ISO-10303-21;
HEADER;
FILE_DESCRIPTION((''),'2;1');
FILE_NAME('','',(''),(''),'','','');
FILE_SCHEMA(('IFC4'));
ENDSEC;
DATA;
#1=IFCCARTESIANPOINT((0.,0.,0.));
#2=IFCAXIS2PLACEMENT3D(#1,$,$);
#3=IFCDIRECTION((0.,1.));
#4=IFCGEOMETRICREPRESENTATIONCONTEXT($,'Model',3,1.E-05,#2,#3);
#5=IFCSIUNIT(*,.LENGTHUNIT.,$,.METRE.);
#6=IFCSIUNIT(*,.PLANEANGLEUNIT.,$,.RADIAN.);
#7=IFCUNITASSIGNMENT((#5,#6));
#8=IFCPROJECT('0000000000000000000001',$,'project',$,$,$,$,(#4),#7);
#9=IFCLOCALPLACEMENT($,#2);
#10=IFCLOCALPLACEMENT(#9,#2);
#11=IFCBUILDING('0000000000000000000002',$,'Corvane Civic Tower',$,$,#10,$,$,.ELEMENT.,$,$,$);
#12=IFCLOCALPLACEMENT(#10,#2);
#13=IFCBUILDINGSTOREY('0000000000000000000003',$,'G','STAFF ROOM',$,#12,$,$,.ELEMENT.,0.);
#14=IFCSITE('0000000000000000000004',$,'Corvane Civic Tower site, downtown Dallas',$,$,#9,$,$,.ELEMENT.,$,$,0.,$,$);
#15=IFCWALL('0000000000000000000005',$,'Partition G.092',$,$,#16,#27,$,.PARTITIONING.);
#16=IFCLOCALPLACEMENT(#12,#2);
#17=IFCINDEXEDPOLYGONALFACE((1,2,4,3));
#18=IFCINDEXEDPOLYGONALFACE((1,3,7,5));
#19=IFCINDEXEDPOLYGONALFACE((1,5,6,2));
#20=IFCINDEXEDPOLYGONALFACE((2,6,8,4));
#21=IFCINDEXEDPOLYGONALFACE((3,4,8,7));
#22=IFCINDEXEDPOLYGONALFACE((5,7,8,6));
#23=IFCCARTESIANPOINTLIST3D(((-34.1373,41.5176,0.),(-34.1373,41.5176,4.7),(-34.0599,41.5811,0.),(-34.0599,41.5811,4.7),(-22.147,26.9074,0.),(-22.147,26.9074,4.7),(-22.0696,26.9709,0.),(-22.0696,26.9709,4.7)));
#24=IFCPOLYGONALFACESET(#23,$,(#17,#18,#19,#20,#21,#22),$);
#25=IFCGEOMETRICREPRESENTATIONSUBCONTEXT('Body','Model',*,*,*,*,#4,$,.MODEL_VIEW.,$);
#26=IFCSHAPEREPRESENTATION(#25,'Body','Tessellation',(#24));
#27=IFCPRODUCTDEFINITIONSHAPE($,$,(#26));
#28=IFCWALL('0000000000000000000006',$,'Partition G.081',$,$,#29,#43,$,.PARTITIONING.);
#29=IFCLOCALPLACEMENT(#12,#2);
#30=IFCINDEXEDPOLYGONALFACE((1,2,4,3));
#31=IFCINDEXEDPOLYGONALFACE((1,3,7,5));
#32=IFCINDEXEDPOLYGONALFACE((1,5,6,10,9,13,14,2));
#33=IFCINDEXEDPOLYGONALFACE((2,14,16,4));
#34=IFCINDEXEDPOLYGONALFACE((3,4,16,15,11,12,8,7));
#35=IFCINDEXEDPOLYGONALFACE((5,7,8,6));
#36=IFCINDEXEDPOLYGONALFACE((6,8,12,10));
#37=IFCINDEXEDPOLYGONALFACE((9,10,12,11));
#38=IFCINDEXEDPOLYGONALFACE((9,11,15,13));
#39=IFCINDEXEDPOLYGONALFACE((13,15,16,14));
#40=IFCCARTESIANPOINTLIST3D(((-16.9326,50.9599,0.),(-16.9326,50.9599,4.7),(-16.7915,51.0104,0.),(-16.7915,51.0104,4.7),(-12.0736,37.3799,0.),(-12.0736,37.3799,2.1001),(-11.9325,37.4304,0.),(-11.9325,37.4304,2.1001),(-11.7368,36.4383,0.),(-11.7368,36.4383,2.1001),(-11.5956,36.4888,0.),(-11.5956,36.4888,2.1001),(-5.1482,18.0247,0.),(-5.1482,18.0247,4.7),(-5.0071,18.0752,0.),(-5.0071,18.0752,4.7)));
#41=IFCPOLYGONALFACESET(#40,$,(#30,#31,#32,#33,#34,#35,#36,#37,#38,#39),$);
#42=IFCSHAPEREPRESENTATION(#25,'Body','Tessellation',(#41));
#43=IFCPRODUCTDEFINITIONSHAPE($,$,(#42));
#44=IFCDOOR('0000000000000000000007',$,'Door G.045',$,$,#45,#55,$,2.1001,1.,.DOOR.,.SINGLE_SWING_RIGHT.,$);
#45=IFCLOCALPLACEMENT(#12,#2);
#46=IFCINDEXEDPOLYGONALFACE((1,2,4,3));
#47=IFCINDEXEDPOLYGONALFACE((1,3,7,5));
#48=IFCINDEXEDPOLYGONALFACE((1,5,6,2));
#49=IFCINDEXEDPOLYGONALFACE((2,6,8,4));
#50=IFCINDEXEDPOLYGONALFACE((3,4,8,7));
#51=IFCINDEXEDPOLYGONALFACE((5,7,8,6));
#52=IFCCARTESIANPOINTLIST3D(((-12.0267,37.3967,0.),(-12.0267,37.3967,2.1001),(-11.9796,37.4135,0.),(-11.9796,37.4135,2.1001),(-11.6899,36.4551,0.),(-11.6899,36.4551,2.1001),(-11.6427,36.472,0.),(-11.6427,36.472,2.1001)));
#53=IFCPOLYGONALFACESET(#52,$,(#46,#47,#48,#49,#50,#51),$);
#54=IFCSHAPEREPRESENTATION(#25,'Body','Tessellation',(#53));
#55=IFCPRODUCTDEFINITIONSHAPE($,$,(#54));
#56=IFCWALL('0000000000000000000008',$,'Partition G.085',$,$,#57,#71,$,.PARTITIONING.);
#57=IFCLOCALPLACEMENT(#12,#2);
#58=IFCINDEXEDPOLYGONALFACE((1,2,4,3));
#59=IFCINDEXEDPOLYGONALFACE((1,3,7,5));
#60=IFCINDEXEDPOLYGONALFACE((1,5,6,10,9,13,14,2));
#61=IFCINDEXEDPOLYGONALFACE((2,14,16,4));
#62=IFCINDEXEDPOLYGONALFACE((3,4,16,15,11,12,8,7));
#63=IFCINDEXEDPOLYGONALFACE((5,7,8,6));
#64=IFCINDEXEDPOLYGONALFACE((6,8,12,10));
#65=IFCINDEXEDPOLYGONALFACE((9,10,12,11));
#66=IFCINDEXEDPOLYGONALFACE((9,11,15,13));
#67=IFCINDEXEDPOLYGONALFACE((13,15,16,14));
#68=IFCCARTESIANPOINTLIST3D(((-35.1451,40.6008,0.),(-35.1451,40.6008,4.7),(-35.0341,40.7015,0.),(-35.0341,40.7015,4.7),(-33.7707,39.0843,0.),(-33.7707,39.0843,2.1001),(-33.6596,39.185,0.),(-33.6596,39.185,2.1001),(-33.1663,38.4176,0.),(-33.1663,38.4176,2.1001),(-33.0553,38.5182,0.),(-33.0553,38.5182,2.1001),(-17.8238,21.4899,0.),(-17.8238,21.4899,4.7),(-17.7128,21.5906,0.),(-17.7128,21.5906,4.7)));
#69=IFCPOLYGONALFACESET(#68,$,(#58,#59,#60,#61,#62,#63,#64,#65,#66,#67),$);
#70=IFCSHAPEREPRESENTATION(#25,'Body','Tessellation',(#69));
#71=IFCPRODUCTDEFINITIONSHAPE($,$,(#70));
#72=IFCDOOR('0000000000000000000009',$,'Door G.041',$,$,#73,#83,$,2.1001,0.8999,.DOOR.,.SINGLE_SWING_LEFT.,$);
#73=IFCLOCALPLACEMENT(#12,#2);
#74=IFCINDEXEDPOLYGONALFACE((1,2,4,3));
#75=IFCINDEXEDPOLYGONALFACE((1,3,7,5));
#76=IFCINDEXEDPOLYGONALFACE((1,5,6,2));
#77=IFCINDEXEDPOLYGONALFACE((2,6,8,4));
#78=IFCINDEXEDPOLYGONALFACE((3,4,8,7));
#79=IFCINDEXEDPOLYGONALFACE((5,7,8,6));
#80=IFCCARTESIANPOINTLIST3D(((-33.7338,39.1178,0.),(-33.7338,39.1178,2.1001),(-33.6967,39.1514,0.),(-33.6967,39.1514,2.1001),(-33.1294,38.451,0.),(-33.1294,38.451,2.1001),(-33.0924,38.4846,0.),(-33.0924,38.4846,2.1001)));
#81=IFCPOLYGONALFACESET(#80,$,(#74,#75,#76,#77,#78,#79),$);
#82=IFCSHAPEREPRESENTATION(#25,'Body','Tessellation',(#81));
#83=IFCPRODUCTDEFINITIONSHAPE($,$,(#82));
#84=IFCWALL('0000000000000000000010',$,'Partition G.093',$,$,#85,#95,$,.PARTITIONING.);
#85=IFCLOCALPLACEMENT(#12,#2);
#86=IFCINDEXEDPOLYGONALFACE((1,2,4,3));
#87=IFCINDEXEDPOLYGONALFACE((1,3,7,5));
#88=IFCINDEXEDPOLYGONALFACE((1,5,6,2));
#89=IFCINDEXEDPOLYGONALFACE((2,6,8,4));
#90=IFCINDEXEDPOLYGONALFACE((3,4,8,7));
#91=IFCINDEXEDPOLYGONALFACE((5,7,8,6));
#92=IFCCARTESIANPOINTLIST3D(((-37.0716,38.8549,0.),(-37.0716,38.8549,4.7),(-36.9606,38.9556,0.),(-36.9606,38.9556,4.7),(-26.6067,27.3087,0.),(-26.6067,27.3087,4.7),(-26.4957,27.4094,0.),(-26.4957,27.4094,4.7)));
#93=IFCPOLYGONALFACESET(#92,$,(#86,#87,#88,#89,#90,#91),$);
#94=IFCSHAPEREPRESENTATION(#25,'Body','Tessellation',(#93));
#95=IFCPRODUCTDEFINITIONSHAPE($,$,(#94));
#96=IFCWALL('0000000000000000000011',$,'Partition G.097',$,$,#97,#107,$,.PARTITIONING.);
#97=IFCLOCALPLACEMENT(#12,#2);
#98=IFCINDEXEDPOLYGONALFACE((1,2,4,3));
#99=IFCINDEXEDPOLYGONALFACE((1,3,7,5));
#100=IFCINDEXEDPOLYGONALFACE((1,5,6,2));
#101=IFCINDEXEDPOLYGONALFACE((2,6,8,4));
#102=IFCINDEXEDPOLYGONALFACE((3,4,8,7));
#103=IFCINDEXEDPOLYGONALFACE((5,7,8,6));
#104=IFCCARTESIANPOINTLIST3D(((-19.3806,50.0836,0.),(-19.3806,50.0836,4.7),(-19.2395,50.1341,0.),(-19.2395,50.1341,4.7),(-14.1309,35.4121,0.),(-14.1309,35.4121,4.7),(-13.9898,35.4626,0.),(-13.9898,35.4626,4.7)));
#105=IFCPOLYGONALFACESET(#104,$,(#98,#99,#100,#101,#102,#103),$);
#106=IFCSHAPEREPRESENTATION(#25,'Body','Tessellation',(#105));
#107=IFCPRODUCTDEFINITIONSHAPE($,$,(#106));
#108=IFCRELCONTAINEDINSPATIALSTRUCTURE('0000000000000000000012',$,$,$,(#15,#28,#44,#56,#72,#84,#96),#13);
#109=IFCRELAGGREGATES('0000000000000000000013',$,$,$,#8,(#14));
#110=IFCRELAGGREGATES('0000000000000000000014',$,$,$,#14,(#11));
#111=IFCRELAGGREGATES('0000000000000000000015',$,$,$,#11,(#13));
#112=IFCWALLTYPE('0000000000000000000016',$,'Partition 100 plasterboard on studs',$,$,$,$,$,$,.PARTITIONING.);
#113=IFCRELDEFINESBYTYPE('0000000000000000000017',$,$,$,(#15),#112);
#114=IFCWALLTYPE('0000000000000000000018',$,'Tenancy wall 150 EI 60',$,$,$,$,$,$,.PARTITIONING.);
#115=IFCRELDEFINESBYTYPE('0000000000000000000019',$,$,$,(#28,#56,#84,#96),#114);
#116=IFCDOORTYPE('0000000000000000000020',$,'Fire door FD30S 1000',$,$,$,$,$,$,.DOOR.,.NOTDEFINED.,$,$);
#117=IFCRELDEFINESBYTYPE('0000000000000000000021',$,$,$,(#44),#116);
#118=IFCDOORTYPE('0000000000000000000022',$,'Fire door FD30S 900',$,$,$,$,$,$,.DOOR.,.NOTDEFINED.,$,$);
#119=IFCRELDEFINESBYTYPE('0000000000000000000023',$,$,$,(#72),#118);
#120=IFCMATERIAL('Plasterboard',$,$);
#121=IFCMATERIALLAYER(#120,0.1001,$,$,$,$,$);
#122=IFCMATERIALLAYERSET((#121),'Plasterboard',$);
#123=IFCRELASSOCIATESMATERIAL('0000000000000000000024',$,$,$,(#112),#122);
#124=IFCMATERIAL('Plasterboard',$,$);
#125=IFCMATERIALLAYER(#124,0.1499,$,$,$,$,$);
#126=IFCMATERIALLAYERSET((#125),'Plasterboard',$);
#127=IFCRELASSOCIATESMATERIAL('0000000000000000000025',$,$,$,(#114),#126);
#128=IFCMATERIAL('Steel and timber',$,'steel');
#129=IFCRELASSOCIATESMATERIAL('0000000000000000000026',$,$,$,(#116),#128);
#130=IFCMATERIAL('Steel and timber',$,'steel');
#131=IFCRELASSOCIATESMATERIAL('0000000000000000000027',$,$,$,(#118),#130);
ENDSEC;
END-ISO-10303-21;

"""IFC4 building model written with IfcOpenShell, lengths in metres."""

from ifc_helpers import new_model, si_unit, direction, frame, frame_2d, origin, place, context, subcontext, project, spatial, rectangle, extrude, material, layer, layer_set, type_object, element, fill, save


model = new_model("IFC4")

# Units and contexts
model_context = context("Model", 3, precision=1e-05, world=origin(), true_north=direction((0.0, 1.0)))
body_context = subcontext(model_context, "Body", "Model", "MODEL_VIEW")
ifc_project = project(units=[si_unit("LENGTHUNIT", "METRE"), si_unit("PLANEANGLEUNIT", "RADIAN")], contexts=[model_context])

# Site, building, storey
site_placement = place(None, origin())
site = spatial("IfcSite", under=ifc_project, at=site_placement, Name="Corvane Civic Tower site, downtown Dallas", CompositionType="ELEMENT", RefElevation=0.0)
building_placement = place(site_placement, origin())
building = spatial("IfcBuilding", under=site, at=building_placement, Name="Corvane Civic Tower", CompositionType="ELEMENT")
storey_placement = place(building_placement, origin())
storey = spatial("IfcBuildingStorey", under=building, at=storey_placement, Name="G", Description="STAFF ROOM", CompositionType="ELEMENT", Elevation=0.0)

# Wall
ifc_material_1 = material(Name="Plasterboard")
ifc_layer_1 = layer(ifc_material_1, 0.1001)
ifc_layer_set_1 = layer_set([ifc_layer_1], Name="Plasterboard")
wall_type_1 = type_object("IfcWallType", Name="Partition 100 plasterboard on studs", PredefinedType="PARTITIONING", material=ifc_layer_set_1)
wall_1_placement = place(storey_placement, frame((-34.0986, 41.5493, 0.0), z_axis=(0.0, 0.0, 1.0), x_axis=(0.634394, -0.77301, 0.0)))
element("IfcWall", 1, at=wall_1_placement, inside=storey, type_object=wall_type_1, Name="Partition G.092", PredefinedType="PARTITIONING", context=body_context, shape_type="SweptSolid", body=[
    extrude(rectangle(XDim=18.9004, YDim=0.1001, at=frame_2d((9.4502, 0.0))), origin(), (0.0, 0.0, 1.0), 4.7),
])

# Walls, openings, doors
ifc_material_2 = material(Name="Plasterboard")
ifc_layer_2 = layer(ifc_material_2, 0.1499)
ifc_layer_set_2 = layer_set([ifc_layer_2], Name="Plasterboard")
wall_type_2 = type_object("IfcWallType", Name="Tenancy wall 150 EI 60", PredefinedType="PARTITIONING", material=ifc_layer_set_2)
wall_2_placement = place(storey_placement, frame((-16.8621, 50.9851, 0.0), z_axis=(0.0, 0.0, 1.0), x_axis=(0.336889, -0.941544, 0.0)))
wall_2 = element("IfcWall", 2, at=wall_2_placement, inside=storey, type_object=wall_type_2, Name="Partition G.081", PredefinedType="PARTITIONING", context=body_context, shape_type="SweptSolid", body=[
    extrude(rectangle(XDim=34.98, YDim=0.1499, at=frame_2d((17.49, 0.0))), origin(), (0.0, 0.0, 1.0), 4.7),
])
opening_1_placement = place(wall_2_placement, frame((14.4231, 0.0, 0.0)))
opening_1 = element("IfcOpeningElement", 3, at=opening_1_placement, cuts=wall_2, PredefinedType="OPENING", context=body_context, shape_type="SweptSolid", body=[
    extrude(rectangle(XDim=1.0, YDim=2.1001, at=frame_2d((0.5, 1.05))), frame((0.0, 0.085, 0.0), z_axis=(0.0, -1.0, 0.0), x_axis=(1.0, 0.0, 0.0)), (0.0, 0.0, 1.0), 0.1699),
])
ifc_material_3 = material(Name="Steel and timber", Category="steel")
door_type_1 = type_object("IfcDoorType", Name="Fire door FD30S 1000", OperationType="NOTDEFINED", PredefinedType="DOOR", material=ifc_material_3)
door_1_placement = place(opening_1_placement, origin())
door_1 = element("IfcDoor", 4, at=door_1_placement, inside=storey, type_object=door_type_1, Name="Door G.045", OperationType="SINGLE_SWING_RIGHT", OverallHeight=2.1001, OverallWidth=1.0, PredefinedType="DOOR", context=body_context, shape_type="SweptSolid", body=[
    extrude(rectangle(XDim=1.0, YDim=2.1001, at=frame_2d((0.5, 1.05))), frame((0.0, 0.0249, 0.0), z_axis=(0.0, -1.0, 0.0), x_axis=(1.0, 0.0, 0.0)), (0.0, 0.0, 1.0), 0.05),
])
fill(opening_1, door_1)
wall_3_placement = place(storey_placement, frame((-35.0896, 40.6511, 0.0), z_axis=(0.0, 0.0, 1.0), x_axis=(0.671564, -0.740947, 0.0)))
wall_3 = element("IfcWall", 5, at=wall_3_placement, inside=storey, type_object=wall_type_2, Name="Partition G.085", PredefinedType="PARTITIONING", context=body_context, shape_type="SweptSolid", body=[
    extrude(rectangle(XDim=25.7925, YDim=0.1499, at=frame_2d((12.8962, 0.0))), origin(), (0.0, 0.0, 1.0), 4.7),
])
opening_2_placement = place(wall_3_placement, frame((2.0466, 0.0, 0.0)))
opening_2 = element("IfcOpeningElement", 6, at=opening_2_placement, cuts=wall_3, PredefinedType="OPENING", context=body_context, shape_type="SweptSolid", body=[
    extrude(rectangle(XDim=0.8999, YDim=2.1001, at=frame_2d((0.45, 1.05))), frame((0.0, 0.085, 0.0), z_axis=(0.0, -1.0, 0.0), x_axis=(1.0, 0.0, 0.0)), (0.0, 0.0, 1.0), 0.1699),
])
ifc_material_4 = material(Name="Steel and timber", Category="steel")
door_type_2 = type_object("IfcDoorType", Name="Fire door FD30S 900", OperationType="NOTDEFINED", PredefinedType="DOOR", material=ifc_material_4)
door_2_placement = place(opening_2_placement, origin())
door_2 = element("IfcDoor", 7, at=door_2_placement, inside=storey, type_object=door_type_2, Name="Door G.041", OperationType="SINGLE_SWING_LEFT", OverallHeight=2.1001, OverallWidth=0.8999, PredefinedType="DOOR", context=body_context, shape_type="SweptSolid", body=[
    extrude(rectangle(XDim=0.8999, YDim=2.1001, at=frame_2d((0.45, 1.05))), frame((0.0, 0.0249, 0.0), z_axis=(0.0, -1.0, 0.0), x_axis=(1.0, 0.0, 0.0)), (0.0, 0.0, 1.0), 0.05),
])
fill(opening_2, door_2)

# Walls
wall_4_placement = place(storey_placement, frame((-37.0161, 38.9053, 0.0), z_axis=(0.0, 0.0, 1.0), x_axis=(0.67156, -0.74095, 0.0)))
element("IfcWall", 8, at=wall_4_placement, inside=storey, type_object=wall_type_2, Name="Partition G.093", PredefinedType="PARTITIONING", context=body_context, shape_type="SweptSolid", body=[
    extrude(rectangle(XDim=15.583, YDim=0.1499, at=frame_2d((7.7915, 0.0))), origin(), (0.0, 0.0, 1.0), 4.7),
])
wall_5_placement = place(storey_placement, frame((-19.3101, 50.1089, 0.0), z_axis=(0.0, 0.0, 1.0), x_axis=(0.336899, -0.941541, 0.0)))
element("IfcWall", 9, at=wall_5_placement, inside=storey, type_object=wall_type_2, Name="Partition G.097", PredefinedType="PARTITIONING", context=body_context, shape_type="SweptSolid", body=[
    extrude(rectangle(XDim=15.5825, YDim=0.1499, at=frame_2d((7.7913, 0.0))), origin(), (0.0, 0.0, 1.0), 4.7),
])

save(model, "model.ifc")
